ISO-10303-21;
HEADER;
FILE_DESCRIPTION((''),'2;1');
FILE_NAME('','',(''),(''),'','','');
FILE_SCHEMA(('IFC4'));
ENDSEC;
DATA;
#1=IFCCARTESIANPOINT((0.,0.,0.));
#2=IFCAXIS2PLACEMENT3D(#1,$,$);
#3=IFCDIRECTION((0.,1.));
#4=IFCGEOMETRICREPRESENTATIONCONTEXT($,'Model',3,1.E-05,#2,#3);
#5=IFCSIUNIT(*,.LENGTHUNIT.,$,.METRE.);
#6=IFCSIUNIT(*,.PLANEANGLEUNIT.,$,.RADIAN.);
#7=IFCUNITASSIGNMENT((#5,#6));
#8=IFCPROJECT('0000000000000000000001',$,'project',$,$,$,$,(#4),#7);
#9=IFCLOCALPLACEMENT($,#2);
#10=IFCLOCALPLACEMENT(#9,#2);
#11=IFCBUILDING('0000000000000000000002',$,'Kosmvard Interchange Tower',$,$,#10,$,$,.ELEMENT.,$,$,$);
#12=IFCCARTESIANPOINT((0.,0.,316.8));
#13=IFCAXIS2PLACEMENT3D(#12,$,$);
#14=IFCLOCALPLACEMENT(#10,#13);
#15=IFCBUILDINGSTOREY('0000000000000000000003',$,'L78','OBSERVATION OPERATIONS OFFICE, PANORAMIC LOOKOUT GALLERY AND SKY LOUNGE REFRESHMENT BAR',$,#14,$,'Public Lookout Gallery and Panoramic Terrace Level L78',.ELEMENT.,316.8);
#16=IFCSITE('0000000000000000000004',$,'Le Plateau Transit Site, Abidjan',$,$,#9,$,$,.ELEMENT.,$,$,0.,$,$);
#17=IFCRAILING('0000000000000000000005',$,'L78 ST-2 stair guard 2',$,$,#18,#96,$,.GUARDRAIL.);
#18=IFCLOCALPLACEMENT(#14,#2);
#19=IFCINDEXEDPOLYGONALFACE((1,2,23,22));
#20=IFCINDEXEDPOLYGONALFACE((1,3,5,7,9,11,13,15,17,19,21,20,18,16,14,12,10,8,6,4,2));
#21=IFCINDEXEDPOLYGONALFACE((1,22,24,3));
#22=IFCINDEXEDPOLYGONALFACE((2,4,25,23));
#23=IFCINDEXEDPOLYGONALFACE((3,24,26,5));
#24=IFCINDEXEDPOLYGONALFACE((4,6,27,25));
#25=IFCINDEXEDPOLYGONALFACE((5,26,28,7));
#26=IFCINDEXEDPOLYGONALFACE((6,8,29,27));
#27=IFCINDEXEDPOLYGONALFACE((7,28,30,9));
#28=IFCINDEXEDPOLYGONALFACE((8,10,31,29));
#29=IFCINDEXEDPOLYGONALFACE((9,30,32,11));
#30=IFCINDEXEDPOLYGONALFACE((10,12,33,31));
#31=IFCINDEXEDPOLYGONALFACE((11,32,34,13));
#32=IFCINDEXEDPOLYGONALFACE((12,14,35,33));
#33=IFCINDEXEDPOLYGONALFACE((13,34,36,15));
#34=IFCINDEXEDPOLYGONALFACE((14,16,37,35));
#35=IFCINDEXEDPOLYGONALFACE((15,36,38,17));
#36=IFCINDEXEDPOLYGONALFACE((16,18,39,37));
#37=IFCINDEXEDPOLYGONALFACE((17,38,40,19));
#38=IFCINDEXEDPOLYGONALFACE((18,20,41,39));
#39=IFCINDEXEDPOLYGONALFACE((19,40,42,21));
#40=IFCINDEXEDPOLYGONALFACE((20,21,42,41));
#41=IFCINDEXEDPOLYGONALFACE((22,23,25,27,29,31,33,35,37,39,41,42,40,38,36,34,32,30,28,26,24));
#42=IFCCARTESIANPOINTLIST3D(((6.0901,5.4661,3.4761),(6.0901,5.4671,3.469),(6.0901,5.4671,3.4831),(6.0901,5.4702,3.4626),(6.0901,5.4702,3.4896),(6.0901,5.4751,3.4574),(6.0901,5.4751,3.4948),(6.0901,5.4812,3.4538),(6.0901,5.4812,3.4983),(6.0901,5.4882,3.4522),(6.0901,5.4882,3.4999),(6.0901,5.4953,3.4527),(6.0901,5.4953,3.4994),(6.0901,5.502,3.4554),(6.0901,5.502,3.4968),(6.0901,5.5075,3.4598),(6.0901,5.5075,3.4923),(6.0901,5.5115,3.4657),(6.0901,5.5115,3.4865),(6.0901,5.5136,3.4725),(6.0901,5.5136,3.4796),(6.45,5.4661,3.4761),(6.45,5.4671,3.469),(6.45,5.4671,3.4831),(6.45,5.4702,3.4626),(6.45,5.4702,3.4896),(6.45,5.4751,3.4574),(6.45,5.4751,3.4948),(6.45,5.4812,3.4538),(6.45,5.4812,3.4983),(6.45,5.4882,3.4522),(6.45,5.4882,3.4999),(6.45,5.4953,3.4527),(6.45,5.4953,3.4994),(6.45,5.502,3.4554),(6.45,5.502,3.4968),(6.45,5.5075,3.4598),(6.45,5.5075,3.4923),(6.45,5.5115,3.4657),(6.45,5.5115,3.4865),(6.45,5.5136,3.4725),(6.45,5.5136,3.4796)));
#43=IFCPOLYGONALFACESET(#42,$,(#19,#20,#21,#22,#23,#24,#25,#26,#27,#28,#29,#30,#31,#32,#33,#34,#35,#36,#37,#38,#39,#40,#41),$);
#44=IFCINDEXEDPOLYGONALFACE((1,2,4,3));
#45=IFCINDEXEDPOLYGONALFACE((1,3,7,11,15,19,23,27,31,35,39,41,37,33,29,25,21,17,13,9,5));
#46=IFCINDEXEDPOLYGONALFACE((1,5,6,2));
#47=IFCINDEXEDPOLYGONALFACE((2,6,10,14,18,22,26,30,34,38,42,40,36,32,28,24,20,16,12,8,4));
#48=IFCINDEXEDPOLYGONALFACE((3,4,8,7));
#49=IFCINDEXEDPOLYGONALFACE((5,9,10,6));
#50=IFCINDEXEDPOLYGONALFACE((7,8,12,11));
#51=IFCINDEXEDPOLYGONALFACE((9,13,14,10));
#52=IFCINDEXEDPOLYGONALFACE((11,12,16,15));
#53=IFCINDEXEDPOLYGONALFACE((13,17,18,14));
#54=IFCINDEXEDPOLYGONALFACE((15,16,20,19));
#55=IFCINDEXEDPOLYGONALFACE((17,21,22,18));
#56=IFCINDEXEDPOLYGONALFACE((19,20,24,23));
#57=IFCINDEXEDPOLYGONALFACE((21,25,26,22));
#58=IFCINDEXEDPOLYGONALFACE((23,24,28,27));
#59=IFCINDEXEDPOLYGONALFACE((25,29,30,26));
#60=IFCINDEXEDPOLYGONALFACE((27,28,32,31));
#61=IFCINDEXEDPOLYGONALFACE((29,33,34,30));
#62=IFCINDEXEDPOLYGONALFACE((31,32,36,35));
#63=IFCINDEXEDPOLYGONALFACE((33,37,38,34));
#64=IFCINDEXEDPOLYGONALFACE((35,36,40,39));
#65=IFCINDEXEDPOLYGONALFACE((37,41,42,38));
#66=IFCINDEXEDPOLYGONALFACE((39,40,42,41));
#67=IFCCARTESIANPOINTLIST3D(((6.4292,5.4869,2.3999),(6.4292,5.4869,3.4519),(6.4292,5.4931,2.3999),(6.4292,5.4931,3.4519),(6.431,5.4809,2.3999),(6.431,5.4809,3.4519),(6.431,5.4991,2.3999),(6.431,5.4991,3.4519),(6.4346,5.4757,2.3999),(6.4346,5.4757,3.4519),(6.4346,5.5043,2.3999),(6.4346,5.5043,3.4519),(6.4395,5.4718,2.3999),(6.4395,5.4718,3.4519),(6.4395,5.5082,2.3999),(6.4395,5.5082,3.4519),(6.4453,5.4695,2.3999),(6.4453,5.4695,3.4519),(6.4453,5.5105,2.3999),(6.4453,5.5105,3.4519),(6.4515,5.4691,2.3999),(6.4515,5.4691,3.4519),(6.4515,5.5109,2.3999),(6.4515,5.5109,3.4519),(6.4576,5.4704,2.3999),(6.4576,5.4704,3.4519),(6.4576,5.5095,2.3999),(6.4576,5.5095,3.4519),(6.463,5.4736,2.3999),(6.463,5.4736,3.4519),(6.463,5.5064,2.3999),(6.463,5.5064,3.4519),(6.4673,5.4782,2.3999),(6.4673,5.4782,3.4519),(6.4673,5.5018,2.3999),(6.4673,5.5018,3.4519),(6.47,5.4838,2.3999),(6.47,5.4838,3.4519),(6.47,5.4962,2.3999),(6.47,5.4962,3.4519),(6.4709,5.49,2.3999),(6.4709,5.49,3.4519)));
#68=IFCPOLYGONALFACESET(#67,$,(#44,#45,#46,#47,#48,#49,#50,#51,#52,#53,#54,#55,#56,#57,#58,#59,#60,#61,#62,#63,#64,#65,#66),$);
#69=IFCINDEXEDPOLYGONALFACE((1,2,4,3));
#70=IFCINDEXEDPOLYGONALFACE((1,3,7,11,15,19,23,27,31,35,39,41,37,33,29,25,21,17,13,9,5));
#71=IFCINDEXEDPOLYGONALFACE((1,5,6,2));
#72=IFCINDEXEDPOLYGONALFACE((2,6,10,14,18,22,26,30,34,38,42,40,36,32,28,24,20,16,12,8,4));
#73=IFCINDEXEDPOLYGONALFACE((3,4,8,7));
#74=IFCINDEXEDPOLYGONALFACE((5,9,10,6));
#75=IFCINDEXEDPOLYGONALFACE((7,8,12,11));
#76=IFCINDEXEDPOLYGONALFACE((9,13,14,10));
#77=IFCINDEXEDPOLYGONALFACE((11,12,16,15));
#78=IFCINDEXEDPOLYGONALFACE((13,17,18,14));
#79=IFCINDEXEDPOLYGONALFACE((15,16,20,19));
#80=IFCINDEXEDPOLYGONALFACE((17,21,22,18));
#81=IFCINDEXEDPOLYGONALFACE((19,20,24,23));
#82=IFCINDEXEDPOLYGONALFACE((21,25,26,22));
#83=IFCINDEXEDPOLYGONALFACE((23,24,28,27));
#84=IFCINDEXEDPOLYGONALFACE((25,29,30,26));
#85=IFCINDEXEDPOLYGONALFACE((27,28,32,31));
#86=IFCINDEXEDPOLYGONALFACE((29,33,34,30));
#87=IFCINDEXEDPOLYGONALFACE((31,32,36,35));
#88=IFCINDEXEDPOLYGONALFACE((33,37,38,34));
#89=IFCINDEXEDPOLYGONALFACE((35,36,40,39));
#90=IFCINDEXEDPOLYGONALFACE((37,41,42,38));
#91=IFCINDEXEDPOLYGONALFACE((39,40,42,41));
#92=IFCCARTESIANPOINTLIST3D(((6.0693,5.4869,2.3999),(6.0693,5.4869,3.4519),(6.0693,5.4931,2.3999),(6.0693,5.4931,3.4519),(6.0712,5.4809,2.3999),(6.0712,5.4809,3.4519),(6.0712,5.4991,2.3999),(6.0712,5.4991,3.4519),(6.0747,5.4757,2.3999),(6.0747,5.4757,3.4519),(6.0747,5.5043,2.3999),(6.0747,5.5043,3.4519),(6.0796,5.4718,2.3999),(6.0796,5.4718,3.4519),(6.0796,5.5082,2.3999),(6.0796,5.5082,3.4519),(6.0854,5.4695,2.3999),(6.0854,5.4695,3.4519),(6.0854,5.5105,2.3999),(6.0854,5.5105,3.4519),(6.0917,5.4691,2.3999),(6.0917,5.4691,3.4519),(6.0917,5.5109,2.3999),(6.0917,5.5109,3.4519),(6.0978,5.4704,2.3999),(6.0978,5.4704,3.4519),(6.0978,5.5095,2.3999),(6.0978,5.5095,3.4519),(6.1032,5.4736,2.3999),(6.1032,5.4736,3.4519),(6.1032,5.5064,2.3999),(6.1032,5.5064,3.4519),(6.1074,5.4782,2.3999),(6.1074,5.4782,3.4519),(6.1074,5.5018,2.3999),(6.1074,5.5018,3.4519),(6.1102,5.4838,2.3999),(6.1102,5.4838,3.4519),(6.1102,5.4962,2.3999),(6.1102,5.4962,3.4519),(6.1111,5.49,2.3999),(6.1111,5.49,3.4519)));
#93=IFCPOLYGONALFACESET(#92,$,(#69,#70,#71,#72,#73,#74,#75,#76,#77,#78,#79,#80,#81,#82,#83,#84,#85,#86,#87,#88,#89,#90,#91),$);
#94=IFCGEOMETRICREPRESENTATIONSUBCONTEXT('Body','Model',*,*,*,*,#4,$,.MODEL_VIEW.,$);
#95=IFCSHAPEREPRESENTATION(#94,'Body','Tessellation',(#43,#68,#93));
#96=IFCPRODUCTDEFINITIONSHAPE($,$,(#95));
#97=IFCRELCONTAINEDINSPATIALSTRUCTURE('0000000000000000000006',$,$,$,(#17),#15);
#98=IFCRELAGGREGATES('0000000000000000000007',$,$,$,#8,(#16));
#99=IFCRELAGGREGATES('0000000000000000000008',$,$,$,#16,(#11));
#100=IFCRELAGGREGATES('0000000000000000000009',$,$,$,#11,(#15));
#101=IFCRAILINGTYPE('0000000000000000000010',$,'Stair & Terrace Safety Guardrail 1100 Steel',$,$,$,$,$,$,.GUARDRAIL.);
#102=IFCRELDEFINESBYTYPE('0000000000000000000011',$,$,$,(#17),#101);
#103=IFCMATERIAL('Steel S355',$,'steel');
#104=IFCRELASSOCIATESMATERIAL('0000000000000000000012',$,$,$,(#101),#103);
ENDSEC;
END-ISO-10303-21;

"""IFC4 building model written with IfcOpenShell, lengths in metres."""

from ifc_helpers import new_model, si_unit, direction, frame, origin, origin_2d, place, context, subcontext, project, spatial, circle, extrude, source, transform, mapped, material, type_object, element, save


model = new_model("IFC4")

# Units and contexts
model_context = context("Model", 3, precision=1e-05, world=origin(), true_north=direction((0.0, 1.0)))
body_context = subcontext(model_context, "Body", "Model", "MODEL_VIEW")
ifc_project = project(units=[si_unit("LENGTHUNIT", "METRE"), si_unit("PLANEANGLEUNIT", "RADIAN")], contexts=[model_context])

# Site, building, storey
site_placement = place(None, origin())
site = spatial("IfcSite", under=ifc_project, at=site_placement, Name="Le Plateau Transit Site, Abidjan", CompositionType="ELEMENT", RefElevation=0.0)
building_placement = place(site_placement, origin())
building = spatial("IfcBuilding", under=site, at=building_placement, Name="Kosmvard Interchange Tower", CompositionType="ELEMENT")
storey_placement = place(building_placement, frame((0.0, 0.0, 316.8)))
storey = spatial("IfcBuildingStorey", under=building, at=storey_placement, Name="L78", Description="OBSERVATION OPERATIONS OFFICE, PANORAMIC LOOKOUT GALLERY AND SKY LOUNGE REFRESHMENT BAR", LongName="Public Lookout Gallery and Panoramic Terrace Level L78", CompositionType="ELEMENT", Elevation=316.8)

# Shared definitions
ifc_material_1 = material(Name="Steel S355", Category="steel")

# Railing
railing_type_1 = type_object("IfcRailingType", Name="Stair & Terrace Safety Guardrail 1100 Steel", PredefinedType="GUARDRAIL", material=ifc_material_1)
shared_shape_1 = source(origin(), body_context, "Body", "SweptSolid", [
    extrude(circle(Radius=0.0239, at=origin_2d()), frame((0.0, 0.0, 1.0762), z_axis=(-1.0, 0.0, 0.0), x_axis=(0.0, -1.0, 0.0)), (0.0, 0.0, 1.0), 0.3599),
    extrude(circle(Radius=0.021, at=origin_2d()), origin(), (0.0, 0.0, 1.0), 1.052),
    extrude(circle(Radius=0.021, at=origin_2d()), frame((-0.3599, 0.0, 0.0)), (0.0, 0.0, 1.0), 1.052),
])
railing_1_placement = place(storey_placement, frame((6.45, 5.49, 2.3999)))
element("IfcRailing", 1, at=railing_1_placement, inside=storey, type_object=railing_type_1, Name="L78 ST-2 stair guard 2", PredefinedType="GUARDRAIL", context=body_context, shape_type="MappedRepresentation", body=[
    mapped(shared_shape_1, transform((0.0, 0.0, 0.0), scale=1.0)),
])

save(model, "model.ifc")
